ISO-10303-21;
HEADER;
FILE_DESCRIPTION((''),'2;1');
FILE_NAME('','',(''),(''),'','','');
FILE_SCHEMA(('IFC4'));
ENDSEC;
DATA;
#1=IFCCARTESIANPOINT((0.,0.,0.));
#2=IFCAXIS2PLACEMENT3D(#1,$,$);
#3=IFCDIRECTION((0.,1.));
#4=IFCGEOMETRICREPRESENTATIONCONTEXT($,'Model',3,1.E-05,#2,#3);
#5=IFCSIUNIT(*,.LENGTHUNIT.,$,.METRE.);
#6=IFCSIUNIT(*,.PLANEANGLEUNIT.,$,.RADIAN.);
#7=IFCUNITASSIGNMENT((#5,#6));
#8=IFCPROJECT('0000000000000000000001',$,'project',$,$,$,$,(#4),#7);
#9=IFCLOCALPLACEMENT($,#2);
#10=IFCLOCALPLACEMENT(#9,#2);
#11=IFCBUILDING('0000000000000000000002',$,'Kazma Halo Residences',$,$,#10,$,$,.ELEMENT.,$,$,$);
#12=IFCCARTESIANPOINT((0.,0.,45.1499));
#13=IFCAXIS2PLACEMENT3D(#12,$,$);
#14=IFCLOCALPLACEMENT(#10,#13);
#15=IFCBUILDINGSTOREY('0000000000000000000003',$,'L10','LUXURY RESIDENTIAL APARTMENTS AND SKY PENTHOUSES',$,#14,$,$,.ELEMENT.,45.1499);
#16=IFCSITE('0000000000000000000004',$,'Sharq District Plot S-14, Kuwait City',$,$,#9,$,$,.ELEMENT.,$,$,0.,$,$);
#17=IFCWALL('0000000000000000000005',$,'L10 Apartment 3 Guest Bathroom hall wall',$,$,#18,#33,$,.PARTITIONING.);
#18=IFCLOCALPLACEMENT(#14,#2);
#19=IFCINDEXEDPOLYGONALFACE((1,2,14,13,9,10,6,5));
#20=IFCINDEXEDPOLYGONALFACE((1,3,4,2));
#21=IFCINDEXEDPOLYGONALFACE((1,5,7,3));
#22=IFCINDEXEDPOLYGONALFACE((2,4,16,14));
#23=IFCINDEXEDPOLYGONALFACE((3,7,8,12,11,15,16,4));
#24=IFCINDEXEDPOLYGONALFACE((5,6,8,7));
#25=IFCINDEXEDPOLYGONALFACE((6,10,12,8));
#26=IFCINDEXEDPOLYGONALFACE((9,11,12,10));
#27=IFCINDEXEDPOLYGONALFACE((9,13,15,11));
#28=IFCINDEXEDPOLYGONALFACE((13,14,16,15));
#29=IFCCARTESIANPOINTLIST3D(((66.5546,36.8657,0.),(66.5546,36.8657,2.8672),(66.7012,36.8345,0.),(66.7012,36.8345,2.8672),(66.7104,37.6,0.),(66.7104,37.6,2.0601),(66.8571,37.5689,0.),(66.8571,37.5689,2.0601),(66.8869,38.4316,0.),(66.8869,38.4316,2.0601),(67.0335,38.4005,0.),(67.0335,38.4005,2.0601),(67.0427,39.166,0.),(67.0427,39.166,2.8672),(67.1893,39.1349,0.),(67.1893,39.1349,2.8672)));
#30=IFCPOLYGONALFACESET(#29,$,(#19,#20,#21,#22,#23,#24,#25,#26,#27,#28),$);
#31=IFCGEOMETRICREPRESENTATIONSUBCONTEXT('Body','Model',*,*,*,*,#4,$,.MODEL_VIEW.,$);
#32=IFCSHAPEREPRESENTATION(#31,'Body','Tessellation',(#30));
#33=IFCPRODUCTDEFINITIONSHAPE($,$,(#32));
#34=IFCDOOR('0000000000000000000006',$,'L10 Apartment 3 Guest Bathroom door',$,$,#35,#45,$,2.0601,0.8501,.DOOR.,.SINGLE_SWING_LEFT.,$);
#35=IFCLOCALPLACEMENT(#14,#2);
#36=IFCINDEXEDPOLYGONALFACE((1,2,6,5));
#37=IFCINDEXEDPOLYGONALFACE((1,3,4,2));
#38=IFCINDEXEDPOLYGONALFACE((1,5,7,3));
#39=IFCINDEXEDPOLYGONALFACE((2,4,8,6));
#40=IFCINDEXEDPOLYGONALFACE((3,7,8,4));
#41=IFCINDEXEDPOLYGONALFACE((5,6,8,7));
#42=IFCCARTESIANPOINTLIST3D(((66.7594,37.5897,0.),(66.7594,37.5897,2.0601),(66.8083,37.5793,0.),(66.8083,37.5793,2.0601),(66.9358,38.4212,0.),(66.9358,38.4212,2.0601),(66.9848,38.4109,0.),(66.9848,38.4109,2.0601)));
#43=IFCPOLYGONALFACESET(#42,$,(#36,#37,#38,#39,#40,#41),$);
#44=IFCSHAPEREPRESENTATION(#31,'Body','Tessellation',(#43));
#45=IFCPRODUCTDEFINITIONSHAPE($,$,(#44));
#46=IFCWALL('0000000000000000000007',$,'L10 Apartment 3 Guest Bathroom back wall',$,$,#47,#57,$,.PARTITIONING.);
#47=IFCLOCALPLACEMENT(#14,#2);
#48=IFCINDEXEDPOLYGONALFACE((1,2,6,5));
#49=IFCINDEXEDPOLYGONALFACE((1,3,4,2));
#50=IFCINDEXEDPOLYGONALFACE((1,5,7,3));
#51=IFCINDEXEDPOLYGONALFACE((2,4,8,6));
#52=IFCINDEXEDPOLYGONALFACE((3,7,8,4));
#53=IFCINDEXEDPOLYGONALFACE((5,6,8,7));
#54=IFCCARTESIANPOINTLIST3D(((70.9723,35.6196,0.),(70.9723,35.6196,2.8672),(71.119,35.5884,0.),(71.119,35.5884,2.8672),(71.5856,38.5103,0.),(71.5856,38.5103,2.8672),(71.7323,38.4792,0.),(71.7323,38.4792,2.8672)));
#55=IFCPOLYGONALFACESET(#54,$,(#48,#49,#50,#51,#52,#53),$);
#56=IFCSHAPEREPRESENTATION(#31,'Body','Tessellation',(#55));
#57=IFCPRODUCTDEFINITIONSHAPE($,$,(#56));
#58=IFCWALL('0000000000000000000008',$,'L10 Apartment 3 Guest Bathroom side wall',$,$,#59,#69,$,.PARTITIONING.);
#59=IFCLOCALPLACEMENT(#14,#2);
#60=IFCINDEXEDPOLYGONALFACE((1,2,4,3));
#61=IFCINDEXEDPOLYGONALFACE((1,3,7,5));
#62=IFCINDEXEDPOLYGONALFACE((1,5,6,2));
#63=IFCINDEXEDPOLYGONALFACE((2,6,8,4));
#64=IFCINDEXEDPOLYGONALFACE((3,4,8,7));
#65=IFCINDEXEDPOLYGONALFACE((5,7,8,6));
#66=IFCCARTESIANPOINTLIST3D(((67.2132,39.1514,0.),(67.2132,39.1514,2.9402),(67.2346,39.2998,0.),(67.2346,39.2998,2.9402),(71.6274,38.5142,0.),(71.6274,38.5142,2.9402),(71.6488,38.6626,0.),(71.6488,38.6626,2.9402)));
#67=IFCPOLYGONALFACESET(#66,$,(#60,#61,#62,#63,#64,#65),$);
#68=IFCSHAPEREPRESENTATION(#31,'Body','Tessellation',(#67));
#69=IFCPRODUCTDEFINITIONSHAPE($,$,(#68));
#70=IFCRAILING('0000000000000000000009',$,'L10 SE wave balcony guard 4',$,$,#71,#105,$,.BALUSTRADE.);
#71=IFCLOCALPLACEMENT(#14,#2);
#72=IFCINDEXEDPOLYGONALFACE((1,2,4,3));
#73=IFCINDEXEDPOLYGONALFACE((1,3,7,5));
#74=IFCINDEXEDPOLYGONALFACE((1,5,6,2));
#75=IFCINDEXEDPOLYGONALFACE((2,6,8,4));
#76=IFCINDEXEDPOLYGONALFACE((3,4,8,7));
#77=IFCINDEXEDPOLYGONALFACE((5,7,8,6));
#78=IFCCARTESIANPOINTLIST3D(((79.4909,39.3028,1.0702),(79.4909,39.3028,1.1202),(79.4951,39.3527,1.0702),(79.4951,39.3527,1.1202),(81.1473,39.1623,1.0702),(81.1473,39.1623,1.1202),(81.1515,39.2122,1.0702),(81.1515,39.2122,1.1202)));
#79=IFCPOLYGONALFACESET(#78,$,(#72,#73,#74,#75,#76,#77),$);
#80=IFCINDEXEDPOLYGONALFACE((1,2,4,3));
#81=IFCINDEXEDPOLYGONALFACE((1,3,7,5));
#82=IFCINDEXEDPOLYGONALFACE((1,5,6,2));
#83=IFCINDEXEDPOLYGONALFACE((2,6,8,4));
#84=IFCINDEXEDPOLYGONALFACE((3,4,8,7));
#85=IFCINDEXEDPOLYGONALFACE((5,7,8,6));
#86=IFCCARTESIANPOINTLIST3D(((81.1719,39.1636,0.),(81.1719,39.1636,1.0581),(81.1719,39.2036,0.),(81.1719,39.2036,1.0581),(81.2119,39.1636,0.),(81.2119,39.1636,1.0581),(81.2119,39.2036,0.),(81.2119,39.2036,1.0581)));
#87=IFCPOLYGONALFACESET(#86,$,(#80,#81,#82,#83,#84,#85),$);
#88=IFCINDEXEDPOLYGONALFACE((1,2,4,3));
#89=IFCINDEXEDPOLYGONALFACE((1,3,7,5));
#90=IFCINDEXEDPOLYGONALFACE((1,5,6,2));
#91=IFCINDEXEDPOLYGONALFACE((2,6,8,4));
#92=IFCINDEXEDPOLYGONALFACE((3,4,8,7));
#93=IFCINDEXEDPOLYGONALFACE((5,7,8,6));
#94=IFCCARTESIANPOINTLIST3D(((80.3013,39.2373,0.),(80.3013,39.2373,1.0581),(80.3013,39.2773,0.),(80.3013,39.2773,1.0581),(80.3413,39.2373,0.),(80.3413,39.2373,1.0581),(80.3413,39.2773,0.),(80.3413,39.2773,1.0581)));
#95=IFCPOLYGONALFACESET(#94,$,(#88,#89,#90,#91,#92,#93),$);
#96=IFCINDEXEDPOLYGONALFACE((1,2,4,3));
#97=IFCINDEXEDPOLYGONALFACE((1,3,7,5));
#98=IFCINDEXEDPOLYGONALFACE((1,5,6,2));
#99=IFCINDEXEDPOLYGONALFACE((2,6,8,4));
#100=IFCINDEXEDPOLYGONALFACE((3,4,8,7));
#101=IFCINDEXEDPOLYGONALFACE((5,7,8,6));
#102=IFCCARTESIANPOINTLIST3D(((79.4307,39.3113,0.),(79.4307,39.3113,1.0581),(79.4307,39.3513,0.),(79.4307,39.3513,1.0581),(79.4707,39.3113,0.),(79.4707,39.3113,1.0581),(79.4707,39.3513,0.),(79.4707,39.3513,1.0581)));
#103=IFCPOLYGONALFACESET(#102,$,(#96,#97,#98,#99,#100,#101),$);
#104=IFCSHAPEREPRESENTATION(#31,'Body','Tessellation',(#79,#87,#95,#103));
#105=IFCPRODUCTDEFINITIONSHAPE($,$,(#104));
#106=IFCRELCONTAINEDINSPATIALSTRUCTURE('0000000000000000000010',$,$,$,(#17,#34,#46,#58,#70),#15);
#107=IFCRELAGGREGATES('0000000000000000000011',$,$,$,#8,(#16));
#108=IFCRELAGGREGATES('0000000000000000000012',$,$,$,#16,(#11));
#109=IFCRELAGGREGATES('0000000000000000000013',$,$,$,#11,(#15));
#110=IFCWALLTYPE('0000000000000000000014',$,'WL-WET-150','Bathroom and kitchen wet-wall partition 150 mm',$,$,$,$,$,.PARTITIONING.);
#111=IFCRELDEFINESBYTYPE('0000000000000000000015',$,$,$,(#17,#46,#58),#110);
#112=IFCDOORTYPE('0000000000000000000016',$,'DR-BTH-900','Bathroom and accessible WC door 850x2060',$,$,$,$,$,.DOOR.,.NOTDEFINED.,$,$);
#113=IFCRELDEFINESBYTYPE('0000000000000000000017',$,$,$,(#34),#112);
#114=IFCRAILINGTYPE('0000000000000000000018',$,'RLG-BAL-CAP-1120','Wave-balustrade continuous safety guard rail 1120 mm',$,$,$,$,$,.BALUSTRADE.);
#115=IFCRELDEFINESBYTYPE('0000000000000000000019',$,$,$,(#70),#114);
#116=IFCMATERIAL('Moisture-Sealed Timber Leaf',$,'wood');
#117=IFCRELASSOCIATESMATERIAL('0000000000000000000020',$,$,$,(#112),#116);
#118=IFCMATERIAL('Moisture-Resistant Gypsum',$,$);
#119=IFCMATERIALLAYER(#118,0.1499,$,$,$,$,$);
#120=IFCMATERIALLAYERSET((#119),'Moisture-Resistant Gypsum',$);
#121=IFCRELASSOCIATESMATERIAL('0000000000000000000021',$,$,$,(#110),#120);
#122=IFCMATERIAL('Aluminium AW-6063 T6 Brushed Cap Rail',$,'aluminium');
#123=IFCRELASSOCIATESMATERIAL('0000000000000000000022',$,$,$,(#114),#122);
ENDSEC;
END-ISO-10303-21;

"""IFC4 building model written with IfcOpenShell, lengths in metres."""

from ifc_helpers import new_model, si_unit, direction, frame, frame_2d, origin, origin_2d, place, context, subcontext, project, spatial, rectangle, extrude, material, layer, layer_set, type_object, element, fill, save


model = new_model("IFC4")

# Units and contexts
model_context = context("Model", 3, precision=1e-05, world=origin(), true_north=direction((0.0, 1.0)))
body_context = subcontext(model_context, "Body", "Model", "MODEL_VIEW")
ifc_project = project(units=[si_unit("LENGTHUNIT", "METRE"), si_unit("PLANEANGLEUNIT", "RADIAN")], contexts=[model_context])

# Site, building, storey
site_placement = place(None, origin())
site = spatial("IfcSite", under=ifc_project, at=site_placement, Name="Sharq District Plot S-14, Kuwait City", CompositionType="ELEMENT", RefElevation=0.0)
building_placement = place(site_placement, origin())
building = spatial("IfcBuilding", under=site, at=building_placement, Name="Kazma Halo Residences", CompositionType="ELEMENT")
storey_placement = place(building_placement, frame((0.0, 0.0, 45.1499)))
storey = spatial("IfcBuildingStorey", under=building, at=storey_placement, Name="L10", Description="LUXURY RESIDENTIAL APARTMENTS AND SKY PENTHOUSES", CompositionType="ELEMENT", Elevation=45.1499)

# Shared definitions
ifc_material_1 = material(Name="Moisture-Sealed Timber Leaf", Category="wood")
door_type = type_object("IfcDoorType", Name="DR-BTH-900", Description="Bathroom and accessible WC door 850x2060", OperationType="NOTDEFINED", PredefinedType="DOOR", material=ifc_material_1)

# Wall, opening, door
ifc_material_2 = material(Name="Moisture-Resistant Gypsum")
ifc_layer_1 = layer(ifc_material_2, 0.1499)
ifc_layer_set_1 = layer_set([ifc_layer_1], Name="Moisture-Resistant Gypsum")
wall_type_1 = type_object("IfcWallType", Name="WL-WET-150", Description="Bathroom and kitchen wet-wall partition 150 mm", PredefinedType="PARTITIONING", material=ifc_layer_set_1)
wall_1_placement = place(storey_placement, frame((66.6279, 36.8501, 0.0), z_axis=(0.0, 0.0, 1.0), x_axis=(0.207543, 0.978226, 0.0)))
wall_1 = element("IfcWall", 1, at=wall_1_placement, inside=storey, type_object=wall_type_1, Name="L10 Apartment 3 Guest Bathroom hall wall", PredefinedType="PARTITIONING", context=body_context, shape_type="SweptSolid", body=[
    extrude(rectangle(XDim=2.3516, YDim=0.1499, at=frame_2d((1.1758, 0.0))), origin(), (0.0, 0.0, 1.0), 2.8672),
])
opening_1_placement = place(wall_1_placement, frame((0.7507, 0.0, 0.0)))
opening_1 = element("IfcOpeningElement", 2, at=opening_1_placement, cuts=wall_1, PredefinedType="OPENING", context=body_context, shape_type="SweptSolid", body=[
    extrude(rectangle(XDim=0.8501, YDim=2.0601, at=frame_2d((0.425, 1.03))), frame((0.0, 0.085, 0.0), z_axis=(0.0, -1.0, 0.0), x_axis=(1.0, 0.0, 0.0)), (0.0, 0.0, 1.0), 0.1699),
])
door_1_placement = place(opening_1_placement, origin())
door_1 = element("IfcDoor", 3, at=door_1_placement, inside=storey, type_object=door_type, Name="L10 Apartment 3 Guest Bathroom door", OperationType="SINGLE_SWING_LEFT", OverallHeight=2.0601, OverallWidth=0.8501, PredefinedType="DOOR", context=body_context, shape_type="SweptSolid", body=[
    extrude(rectangle(XDim=0.8501, YDim=2.0601, at=frame_2d((0.425, 1.03))), frame((0.0, 0.0249, 0.0), z_axis=(0.0, -1.0, 0.0), x_axis=(1.0, 0.0, 0.0)), (0.0, 0.0, 1.0), 0.05),
])
fill(opening_1, door_1)

# Walls
wall_2_placement = place(storey_placement, frame((71.0457, 35.604, 0.0), z_axis=(0.0, 0.0, 1.0), x_axis=(0.207543, 0.978226, 0.0)))
element("IfcWall", 4, at=wall_2_placement, inside=storey, type_object=wall_type_1, Name="L10 Apartment 3 Guest Bathroom back wall", PredefinedType="PARTITIONING", context=body_context, shape_type="SweptSolid", body=[
    extrude(rectangle(XDim=2.9551, YDim=0.1499, at=frame_2d((1.4775, 0.0))), origin(), (0.0, 0.0, 1.0), 2.8672),
])
wall_3_placement = place(storey_placement, frame((67.2239, 39.2256, 0.0), z_axis=(0.0, 0.0, 1.0), x_axis=(0.989742, -0.14287, 0.0)))
element("IfcWall", 5, at=wall_3_placement, inside=storey, type_object=wall_type_1, Name="L10 Apartment 3 Guest Bathroom side wall", PredefinedType="PARTITIONING", context=body_context, shape_type="SweptSolid", body=[
    extrude(rectangle(XDim=4.46, YDim=0.1499, at=frame_2d((2.23, 0.0))), origin(), (0.0, 0.0, 1.0), 2.9402),
])

# Railing
ifc_material_3 = material(Name="Aluminium AW-6063 T6 Brushed Cap Rail", Category="aluminium")
railing_type = type_object("IfcRailingType", Name="RLG-BAL-CAP-1120", Description="Wave-balustrade continuous safety guard rail 1120 mm", PredefinedType="BALUSTRADE", material=ifc_material_3)
railing_placement = place(storey_placement, frame((81.1919, 39.1836, 0.0)))
element("IfcRailing", 6, at=railing_placement, inside=storey, type_object=railing_type, Name="L10 SE wave balcony guard 4", PredefinedType="BALUSTRADE", context=body_context, shape_type="SweptSolid", body=[
    extrude(rectangle(XDim=0.05, YDim=0.05, at=origin_2d()), frame((-0.0425, 0.0037, 1.0952), z_axis=(-0.996421, 0.084525, 0.0), x_axis=(-0.084525, -0.996421, 0.0)), (0.0, 0.0, 1.0), 1.6624),
    extrude(rectangle(XDim=0.04, YDim=0.04, at=origin_2d()), origin(), (0.0, 0.0, 1.0), 1.0581),
    extrude(rectangle(XDim=0.04, YDim=0.04, at=origin_2d()), frame((-0.8706, 0.0737, 0.0)), (0.0, 0.0, 1.0), 1.0581),
    extrude(rectangle(XDim=0.04, YDim=0.04, at=origin_2d()), frame((-1.7412, 0.1477, 0.0)), (0.0, 0.0, 1.0), 1.0581),
])

save(model, "model.ifc")
